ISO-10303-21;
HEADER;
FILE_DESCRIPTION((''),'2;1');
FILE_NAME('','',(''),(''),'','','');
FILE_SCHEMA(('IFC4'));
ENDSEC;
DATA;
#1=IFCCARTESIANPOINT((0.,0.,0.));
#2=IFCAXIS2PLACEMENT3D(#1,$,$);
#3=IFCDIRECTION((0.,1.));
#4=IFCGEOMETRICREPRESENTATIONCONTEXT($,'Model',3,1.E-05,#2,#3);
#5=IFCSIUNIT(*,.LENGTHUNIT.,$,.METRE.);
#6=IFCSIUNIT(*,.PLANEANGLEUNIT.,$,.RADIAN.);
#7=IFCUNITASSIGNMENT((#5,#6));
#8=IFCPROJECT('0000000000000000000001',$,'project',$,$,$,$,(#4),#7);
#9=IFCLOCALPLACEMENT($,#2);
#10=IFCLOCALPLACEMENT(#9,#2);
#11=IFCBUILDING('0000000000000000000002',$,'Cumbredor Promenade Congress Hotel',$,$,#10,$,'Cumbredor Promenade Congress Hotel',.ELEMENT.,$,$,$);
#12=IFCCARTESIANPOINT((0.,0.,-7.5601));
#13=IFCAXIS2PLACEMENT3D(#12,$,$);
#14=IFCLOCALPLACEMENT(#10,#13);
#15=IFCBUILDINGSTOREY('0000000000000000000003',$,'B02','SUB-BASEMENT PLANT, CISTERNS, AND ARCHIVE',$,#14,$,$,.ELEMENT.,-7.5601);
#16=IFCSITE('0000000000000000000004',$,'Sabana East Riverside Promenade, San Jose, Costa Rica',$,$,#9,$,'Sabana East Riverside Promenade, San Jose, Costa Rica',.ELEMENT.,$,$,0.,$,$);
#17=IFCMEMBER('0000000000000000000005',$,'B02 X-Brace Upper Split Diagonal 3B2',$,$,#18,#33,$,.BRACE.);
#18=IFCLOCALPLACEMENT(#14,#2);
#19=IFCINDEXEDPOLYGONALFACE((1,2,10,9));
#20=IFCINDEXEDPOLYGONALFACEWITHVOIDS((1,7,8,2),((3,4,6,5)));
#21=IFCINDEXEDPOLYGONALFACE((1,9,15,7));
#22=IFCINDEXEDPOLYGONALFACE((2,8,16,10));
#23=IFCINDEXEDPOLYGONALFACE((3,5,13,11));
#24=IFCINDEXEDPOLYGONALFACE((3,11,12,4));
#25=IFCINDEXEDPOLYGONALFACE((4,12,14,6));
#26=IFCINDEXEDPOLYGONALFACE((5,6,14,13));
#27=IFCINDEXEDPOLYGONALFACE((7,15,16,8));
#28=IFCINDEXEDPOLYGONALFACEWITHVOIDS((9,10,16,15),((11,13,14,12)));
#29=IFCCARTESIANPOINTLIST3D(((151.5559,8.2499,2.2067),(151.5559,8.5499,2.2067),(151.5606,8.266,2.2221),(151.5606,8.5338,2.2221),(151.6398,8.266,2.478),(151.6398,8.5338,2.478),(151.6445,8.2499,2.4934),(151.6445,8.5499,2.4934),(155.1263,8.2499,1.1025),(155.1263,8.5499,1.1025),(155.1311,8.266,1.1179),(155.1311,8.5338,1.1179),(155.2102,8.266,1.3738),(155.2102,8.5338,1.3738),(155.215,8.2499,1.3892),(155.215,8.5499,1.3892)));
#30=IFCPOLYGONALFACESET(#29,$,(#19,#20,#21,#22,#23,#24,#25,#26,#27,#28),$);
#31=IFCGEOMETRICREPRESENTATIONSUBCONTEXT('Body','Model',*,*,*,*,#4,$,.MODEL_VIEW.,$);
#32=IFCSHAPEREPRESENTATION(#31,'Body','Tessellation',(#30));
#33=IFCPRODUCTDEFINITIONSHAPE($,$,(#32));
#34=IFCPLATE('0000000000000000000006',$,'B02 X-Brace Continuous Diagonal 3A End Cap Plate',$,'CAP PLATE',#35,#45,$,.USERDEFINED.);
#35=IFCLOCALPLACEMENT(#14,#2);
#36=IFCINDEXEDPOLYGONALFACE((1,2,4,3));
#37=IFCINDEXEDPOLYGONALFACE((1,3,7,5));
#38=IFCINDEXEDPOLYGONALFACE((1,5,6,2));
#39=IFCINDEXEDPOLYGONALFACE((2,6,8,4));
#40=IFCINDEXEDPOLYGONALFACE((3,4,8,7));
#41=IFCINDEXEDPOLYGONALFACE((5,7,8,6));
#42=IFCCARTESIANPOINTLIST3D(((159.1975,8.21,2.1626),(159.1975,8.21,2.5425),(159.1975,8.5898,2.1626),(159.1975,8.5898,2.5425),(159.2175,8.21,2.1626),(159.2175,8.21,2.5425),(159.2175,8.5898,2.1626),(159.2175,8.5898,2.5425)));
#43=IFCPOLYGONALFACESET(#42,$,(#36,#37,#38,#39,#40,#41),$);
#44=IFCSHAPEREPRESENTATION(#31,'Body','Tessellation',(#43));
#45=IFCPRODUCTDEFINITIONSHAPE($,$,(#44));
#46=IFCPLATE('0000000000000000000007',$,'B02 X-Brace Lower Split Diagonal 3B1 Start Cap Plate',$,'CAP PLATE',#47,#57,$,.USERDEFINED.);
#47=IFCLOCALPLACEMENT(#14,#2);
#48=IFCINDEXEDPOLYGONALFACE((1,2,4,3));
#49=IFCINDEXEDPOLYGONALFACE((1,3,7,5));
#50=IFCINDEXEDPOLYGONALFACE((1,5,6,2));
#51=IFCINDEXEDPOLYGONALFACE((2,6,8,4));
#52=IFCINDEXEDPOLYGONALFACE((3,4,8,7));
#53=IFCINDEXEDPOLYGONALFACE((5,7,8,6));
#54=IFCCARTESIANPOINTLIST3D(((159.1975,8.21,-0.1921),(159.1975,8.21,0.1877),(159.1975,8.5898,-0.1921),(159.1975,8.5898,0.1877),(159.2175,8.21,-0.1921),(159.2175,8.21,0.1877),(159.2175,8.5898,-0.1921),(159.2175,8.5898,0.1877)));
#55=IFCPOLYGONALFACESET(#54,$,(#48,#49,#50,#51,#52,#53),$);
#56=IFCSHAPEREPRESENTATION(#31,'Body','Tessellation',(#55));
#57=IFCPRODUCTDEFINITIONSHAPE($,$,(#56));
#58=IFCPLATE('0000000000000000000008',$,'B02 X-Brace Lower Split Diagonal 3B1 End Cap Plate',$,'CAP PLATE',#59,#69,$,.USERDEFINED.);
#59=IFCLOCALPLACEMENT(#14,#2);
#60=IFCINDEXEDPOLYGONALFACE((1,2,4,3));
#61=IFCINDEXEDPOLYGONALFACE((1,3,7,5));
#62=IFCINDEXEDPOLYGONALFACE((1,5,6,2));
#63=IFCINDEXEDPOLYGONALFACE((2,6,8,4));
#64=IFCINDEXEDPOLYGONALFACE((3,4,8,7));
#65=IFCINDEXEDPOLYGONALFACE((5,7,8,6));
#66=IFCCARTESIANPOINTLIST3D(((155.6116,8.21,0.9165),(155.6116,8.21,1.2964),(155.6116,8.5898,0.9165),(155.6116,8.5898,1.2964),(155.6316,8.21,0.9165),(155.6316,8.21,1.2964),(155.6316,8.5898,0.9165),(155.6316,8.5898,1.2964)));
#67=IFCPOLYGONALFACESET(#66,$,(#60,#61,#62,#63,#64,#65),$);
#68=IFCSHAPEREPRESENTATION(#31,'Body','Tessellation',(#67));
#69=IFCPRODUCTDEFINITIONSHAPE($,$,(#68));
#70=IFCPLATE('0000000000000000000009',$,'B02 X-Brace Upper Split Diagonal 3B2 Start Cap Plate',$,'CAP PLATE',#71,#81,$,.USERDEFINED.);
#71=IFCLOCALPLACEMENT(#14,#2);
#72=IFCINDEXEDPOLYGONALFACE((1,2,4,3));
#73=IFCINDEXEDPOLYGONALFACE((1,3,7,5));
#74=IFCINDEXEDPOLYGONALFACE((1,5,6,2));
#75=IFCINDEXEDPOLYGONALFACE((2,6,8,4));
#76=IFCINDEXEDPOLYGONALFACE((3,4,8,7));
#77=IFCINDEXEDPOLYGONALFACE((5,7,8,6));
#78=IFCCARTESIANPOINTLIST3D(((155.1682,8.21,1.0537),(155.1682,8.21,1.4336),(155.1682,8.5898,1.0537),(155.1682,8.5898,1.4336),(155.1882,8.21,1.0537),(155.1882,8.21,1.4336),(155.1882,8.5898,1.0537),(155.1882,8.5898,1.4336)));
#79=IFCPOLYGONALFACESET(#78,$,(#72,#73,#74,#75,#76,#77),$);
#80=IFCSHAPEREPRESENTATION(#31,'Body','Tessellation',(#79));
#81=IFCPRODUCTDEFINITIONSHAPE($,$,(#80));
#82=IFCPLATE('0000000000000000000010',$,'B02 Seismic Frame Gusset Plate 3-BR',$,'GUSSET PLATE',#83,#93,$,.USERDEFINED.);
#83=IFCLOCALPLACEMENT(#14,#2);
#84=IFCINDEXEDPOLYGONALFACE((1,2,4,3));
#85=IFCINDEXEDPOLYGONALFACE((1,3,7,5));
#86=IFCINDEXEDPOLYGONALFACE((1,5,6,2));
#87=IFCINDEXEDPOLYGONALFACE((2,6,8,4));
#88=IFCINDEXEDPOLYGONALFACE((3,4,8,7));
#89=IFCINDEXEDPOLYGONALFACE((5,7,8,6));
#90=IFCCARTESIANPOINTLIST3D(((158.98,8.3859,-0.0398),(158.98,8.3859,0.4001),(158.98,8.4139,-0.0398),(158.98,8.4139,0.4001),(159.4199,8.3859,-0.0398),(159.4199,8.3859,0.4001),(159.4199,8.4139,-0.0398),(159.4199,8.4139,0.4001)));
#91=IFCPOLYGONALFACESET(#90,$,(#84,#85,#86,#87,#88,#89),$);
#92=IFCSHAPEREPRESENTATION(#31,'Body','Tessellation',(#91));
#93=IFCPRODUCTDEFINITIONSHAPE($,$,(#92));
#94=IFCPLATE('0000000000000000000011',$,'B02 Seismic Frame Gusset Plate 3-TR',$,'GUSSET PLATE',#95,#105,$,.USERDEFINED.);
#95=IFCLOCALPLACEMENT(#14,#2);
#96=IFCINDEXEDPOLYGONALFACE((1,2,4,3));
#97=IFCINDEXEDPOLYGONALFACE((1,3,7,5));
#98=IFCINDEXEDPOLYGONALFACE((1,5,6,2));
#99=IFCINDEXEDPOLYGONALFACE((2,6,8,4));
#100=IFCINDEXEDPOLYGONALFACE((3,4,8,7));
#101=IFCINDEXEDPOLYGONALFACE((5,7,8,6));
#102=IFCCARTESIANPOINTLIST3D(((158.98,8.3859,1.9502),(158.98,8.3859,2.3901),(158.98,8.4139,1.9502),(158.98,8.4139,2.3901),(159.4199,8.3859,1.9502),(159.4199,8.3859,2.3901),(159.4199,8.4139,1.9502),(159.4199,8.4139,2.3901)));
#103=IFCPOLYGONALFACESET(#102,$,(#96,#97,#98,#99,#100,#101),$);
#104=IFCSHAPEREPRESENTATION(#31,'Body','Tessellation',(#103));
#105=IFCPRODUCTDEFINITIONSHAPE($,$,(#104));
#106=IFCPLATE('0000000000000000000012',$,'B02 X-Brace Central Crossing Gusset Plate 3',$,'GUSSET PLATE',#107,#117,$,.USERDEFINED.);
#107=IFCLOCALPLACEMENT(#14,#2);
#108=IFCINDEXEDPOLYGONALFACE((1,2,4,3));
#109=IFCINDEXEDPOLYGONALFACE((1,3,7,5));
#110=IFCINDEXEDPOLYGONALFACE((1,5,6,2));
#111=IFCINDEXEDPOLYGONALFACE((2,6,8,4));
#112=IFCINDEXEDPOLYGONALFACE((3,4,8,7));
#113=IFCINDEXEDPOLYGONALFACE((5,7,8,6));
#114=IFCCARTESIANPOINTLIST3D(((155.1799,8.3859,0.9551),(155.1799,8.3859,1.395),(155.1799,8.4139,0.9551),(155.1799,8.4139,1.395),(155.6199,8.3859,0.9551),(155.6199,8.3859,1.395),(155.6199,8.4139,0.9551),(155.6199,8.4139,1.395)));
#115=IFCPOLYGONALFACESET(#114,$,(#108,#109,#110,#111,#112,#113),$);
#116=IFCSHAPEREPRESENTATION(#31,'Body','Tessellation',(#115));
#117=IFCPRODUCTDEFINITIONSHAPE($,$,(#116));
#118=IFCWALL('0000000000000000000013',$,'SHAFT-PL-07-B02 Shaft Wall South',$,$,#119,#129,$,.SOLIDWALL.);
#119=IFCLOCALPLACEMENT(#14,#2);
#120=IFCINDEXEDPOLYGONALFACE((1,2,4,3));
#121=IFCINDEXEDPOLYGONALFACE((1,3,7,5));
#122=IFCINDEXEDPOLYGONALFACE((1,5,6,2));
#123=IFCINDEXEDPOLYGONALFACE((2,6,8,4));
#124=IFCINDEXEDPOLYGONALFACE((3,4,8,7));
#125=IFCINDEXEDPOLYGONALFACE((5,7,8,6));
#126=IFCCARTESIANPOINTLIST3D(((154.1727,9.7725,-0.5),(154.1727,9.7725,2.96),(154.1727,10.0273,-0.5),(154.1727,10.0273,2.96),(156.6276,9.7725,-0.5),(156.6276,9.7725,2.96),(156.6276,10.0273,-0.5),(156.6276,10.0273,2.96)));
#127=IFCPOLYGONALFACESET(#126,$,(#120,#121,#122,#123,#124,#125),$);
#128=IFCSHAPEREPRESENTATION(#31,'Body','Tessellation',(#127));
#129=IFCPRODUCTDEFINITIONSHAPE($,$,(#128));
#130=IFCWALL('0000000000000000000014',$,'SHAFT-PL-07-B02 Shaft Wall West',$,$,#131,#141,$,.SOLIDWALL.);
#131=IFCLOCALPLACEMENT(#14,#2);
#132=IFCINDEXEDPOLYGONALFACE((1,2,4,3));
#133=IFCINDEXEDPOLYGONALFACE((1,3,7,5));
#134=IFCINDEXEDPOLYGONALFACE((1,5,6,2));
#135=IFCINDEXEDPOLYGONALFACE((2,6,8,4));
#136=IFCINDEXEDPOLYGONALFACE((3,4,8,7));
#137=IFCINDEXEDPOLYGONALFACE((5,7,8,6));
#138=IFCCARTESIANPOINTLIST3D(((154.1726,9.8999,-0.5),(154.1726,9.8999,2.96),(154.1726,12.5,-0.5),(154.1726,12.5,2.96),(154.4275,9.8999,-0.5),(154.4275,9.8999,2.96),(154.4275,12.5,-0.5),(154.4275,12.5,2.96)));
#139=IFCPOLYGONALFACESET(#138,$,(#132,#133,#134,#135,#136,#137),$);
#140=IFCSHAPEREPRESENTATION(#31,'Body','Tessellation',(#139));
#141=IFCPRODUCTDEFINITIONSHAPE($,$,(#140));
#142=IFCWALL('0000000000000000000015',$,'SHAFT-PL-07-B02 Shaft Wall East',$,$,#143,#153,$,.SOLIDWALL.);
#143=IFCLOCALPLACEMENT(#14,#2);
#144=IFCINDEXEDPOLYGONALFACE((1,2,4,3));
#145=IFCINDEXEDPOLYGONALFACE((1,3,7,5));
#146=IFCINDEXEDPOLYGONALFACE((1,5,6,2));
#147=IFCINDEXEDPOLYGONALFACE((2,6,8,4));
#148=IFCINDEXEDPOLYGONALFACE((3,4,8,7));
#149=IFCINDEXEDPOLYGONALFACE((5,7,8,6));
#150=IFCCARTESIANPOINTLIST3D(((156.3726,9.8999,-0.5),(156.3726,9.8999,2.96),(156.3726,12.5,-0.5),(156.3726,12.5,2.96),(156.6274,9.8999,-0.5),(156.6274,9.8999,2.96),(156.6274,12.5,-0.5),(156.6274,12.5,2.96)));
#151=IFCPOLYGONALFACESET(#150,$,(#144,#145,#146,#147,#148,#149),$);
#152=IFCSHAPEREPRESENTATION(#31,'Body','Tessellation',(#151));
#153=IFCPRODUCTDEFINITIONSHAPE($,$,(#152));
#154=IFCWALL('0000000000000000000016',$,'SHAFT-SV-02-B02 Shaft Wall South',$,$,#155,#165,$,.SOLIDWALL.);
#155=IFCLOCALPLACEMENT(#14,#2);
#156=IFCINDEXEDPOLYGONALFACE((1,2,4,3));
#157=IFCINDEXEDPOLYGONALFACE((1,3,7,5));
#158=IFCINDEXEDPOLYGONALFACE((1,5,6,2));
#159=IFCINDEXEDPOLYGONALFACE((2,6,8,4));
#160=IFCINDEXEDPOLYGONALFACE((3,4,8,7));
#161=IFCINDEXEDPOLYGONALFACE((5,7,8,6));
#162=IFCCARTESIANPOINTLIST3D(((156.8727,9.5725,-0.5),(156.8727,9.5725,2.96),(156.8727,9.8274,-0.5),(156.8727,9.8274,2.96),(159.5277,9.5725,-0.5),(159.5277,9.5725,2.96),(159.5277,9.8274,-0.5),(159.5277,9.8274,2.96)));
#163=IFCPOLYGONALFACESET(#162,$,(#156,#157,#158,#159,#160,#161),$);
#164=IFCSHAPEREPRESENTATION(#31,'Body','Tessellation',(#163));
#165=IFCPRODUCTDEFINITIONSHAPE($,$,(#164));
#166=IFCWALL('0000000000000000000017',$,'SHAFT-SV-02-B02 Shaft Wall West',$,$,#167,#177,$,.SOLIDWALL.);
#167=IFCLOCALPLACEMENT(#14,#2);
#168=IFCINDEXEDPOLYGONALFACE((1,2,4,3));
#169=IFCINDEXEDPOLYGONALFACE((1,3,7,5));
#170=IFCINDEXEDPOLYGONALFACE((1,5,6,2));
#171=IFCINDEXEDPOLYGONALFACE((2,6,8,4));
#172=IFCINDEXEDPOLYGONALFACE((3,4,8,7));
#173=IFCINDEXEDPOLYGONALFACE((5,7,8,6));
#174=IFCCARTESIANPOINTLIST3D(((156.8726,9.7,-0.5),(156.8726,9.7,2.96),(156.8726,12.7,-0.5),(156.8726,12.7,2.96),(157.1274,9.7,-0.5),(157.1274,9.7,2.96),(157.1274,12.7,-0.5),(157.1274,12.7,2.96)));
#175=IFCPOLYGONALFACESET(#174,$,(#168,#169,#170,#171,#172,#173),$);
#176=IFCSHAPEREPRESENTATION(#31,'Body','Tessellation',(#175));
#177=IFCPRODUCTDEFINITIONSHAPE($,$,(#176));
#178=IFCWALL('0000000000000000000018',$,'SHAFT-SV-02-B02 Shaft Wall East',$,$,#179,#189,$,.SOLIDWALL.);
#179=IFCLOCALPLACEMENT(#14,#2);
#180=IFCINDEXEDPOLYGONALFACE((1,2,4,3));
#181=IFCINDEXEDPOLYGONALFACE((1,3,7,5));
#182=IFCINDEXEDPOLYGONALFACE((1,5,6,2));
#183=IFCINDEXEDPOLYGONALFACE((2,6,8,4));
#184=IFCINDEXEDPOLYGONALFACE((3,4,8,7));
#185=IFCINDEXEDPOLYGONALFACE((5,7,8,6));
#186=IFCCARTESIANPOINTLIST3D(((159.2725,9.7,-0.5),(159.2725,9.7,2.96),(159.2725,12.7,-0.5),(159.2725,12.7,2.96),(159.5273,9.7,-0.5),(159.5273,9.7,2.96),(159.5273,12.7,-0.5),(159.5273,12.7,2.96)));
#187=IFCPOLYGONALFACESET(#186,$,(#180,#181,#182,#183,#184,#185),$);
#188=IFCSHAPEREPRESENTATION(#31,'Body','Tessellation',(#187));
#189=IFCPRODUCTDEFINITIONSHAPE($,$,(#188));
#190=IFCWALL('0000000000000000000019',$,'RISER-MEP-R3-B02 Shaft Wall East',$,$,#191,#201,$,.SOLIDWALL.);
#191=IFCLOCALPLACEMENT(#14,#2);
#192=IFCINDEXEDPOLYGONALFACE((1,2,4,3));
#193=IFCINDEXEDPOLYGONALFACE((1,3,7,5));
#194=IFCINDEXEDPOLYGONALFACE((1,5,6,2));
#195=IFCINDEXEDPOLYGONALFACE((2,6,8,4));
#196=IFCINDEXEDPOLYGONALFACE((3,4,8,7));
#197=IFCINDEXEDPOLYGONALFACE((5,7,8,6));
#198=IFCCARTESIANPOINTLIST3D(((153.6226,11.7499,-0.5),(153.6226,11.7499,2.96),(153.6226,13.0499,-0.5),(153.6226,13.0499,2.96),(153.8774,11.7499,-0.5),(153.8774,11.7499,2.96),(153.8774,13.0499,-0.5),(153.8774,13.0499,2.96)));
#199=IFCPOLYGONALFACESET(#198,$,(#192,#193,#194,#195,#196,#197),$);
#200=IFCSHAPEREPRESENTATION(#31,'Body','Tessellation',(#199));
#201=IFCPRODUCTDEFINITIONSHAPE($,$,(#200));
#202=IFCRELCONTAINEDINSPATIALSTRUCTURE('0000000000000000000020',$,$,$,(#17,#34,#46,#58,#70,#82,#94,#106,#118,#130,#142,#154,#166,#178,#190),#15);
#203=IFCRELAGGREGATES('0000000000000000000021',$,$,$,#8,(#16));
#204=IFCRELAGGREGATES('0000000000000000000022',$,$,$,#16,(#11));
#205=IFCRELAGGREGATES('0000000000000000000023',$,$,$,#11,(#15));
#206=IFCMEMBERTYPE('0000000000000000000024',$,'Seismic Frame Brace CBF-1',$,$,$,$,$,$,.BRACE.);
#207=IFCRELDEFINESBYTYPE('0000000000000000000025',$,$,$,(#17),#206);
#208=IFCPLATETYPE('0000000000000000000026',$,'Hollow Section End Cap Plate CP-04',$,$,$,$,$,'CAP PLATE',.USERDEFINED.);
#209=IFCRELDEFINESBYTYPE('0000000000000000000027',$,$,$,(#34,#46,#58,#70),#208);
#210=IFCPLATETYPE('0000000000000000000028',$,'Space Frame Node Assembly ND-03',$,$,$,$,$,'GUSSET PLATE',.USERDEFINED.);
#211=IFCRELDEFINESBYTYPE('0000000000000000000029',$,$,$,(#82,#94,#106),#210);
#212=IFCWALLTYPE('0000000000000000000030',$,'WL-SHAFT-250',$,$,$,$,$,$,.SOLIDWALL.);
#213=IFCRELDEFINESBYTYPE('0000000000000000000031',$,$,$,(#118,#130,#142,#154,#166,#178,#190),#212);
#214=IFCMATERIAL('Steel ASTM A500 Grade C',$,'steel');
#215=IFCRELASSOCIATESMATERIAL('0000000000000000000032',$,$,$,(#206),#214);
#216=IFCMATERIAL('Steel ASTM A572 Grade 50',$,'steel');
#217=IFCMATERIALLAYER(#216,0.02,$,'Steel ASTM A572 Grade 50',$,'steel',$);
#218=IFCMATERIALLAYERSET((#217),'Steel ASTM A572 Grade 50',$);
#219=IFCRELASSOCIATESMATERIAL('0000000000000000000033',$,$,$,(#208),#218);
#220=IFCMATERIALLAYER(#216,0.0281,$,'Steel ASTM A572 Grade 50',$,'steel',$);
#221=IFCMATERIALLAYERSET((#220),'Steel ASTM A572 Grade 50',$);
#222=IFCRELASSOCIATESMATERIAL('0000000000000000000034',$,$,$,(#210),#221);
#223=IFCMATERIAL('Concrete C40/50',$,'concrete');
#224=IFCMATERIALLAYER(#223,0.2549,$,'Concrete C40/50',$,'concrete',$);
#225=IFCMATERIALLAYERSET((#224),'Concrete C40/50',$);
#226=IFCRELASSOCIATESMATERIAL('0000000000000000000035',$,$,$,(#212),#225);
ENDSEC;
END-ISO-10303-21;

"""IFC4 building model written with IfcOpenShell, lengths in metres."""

from ifc_helpers import new_model, si_unit, direction, frame, frame_2d, origin, origin_2d, place, context, subcontext, project, spatial, rectangle, hollow_rectangle, extrude, material, layer, layer_set, material_profile, profile_set, type_object, element, save


model = new_model("IFC4")

# Units and contexts
model_context = context("Model", 3, precision=1e-05, world=origin(), true_north=direction((0.0, 1.0)))
body_context = subcontext(model_context, "Body", "Model", "MODEL_VIEW")
ifc_project = project(units=[si_unit("LENGTHUNIT", "METRE"), si_unit("PLANEANGLEUNIT", "RADIAN")], contexts=[model_context])

# Site, building, storey
site_placement = place(None, origin())
site = spatial("IfcSite", under=ifc_project, at=site_placement, Name="Sabana East Riverside Promenade, San Jose, Costa Rica", LongName="Sabana East Riverside Promenade, San Jose, Costa Rica", CompositionType="ELEMENT", RefElevation=0.0)
building_placement = place(site_placement, origin())
building = spatial("IfcBuilding", under=site, at=building_placement, Name="Cumbredor Promenade Congress Hotel", LongName="Cumbredor Promenade Congress Hotel", CompositionType="ELEMENT")
storey_placement = place(building_placement, frame((0.0, 0.0, -7.5601)))
storey = spatial("IfcBuildingStorey", under=building, at=storey_placement, Name="B02", Description="SUB-BASEMENT PLANT, CISTERNS, AND ARCHIVE", CompositionType="ELEMENT", Elevation=-7.5601)

# Shared definitions
ifc_material_1 = material(Name="Concrete C40/50", Category="concrete")

# Member
ifc_material_2 = material(Name="Steel ASTM A500 Grade C", Category="steel")
ifc_material_profile_1 = material_profile(ifc_material_2, hollow_rectangle(XDim=0.3, YDim=0.3, WallThickness=0.0161, at=origin_2d()), Name="HSS 300x300x16")
ifc_profile_set_1 = profile_set([ifc_material_profile_1], Name="Steel ASTM A500 Grade C")
member_type = type_object("IfcMemberType", Name="Seismic Frame Brace CBF-1", PredefinedType="BRACE", material=ifc_profile_set_1)
for number, where, z_axis, x_axis, name in (
    (1, (155.1707, 8.3999, 1.2458), (-0.955356, 0.0, 0.295458), (0.0, -1.0, 0.0), "B02 X-Brace Upper Split Diagonal 3B2"),
):
    element("IfcMember", number, at=place(storey_placement, frame(where, z_axis=z_axis, x_axis=x_axis)), inside=storey, type_object=member_type, Name=name, PredefinedType="BRACE", context=body_context, shape_type="SweptSolid", body=[
        extrude(hollow_rectangle(XDim=0.3, YDim=0.3, WallThickness=0.0161, at=origin_2d()), origin(), (0.0, 0.0, 1.0), 3.7373),
    ])

# Plates
ifc_material_3 = material(Name="Steel ASTM A572 Grade 50", Category="steel")
ifc_layer_1 = layer(ifc_material_3, 0.02, Name="Steel ASTM A572 Grade 50", Category="steel")
ifc_layer_set_1 = layer_set([ifc_layer_1], Name="Steel ASTM A572 Grade 50")
plate_type_1 = type_object("IfcPlateType", Name="Hollow Section End Cap Plate CP-04", ElementType="CAP PLATE", PredefinedType="USERDEFINED", material=ifc_layer_set_1)
for number, where, z_axis, x_axis, name in (
    (2, (159.2075, 8.3999, 2.1626), (0.0, 0.0, 1.0), (1.0, 0.0, 0.0), "B02 X-Brace Continuous Diagonal 3A End Cap Plate"),
    (3, (159.2075, 8.3999, -0.1921), (0.0, 0.0, 1.0), (-1.0, 0.0, 0.0), "B02 X-Brace Lower Split Diagonal 3B1 Start Cap Plate"),
    (4, (155.6216, 8.3999, 0.9165), (0.0, 0.0, 1.0), (-1.0, 0.0, 0.0), "B02 X-Brace Lower Split Diagonal 3B1 End Cap Plate"),
    (5, (155.1782, 8.3999, 1.0537), (0.0, 0.0, 1.0), (-1.0, 0.0, 0.0), "B02 X-Brace Upper Split Diagonal 3B2 Start Cap Plate"),
):
    element("IfcPlate", number, at=place(storey_placement, frame(where, z_axis=z_axis, x_axis=x_axis)), inside=storey, type_object=plate_type_1, Name=name, ObjectType="CAP PLATE", PredefinedType="USERDEFINED", context=body_context, shape_type="SweptSolid", body=[
        extrude(rectangle(XDim=0.02, YDim=0.3799, at=origin_2d()), origin(), (0.0, 0.0, 1.0), 0.3799),
    ])
ifc_layer_2 = layer(ifc_material_3, 0.0281, Name="Steel ASTM A572 Grade 50", Category="steel")
ifc_layer_set_2 = layer_set([ifc_layer_2], Name="Steel ASTM A572 Grade 50")
plate_type_2 = type_object("IfcPlateType", Name="Space Frame Node Assembly ND-03", ElementType="GUSSET PLATE", PredefinedType="USERDEFINED", material=ifc_layer_set_2)
for number, where, z_axis, x_axis, name in (
    (6, (159.2, 8.3999, -0.0398), (0.0, 0.0, 1.0), (1.0, 0.0, 0.0), "B02 Seismic Frame Gusset Plate 3-BR"),
    (7, (159.2, 8.3999, 1.9502), (0.0, 0.0, 1.0), (1.0, 0.0, 0.0), "B02 Seismic Frame Gusset Plate 3-TR"),
    (8, (155.3999, 8.3999, 0.9551), (0.0, 0.0, 1.0), (1.0, 0.0, 0.0), "B02 X-Brace Central Crossing Gusset Plate 3"),
):
    element("IfcPlate", number, at=place(storey_placement, frame(where, z_axis=z_axis, x_axis=x_axis)), inside=storey, type_object=plate_type_2, Name=name, ObjectType="GUSSET PLATE", PredefinedType="USERDEFINED", context=body_context, shape_type="SweptSolid", body=[
        extrude(rectangle(XDim=0.4399, YDim=0.0281, at=origin_2d()), origin(), (0.0, 0.0, 1.0), 0.4399),
    ])

# Walls
ifc_layer_3 = layer(ifc_material_1, 0.2549, Name="Concrete C40/50", Category="concrete")
ifc_layer_set_3 = layer_set([ifc_layer_3], Name="Concrete C40/50")
wall_type = type_object("IfcWallType", Name="WL-SHAFT-250", PredefinedType="SOLIDWALL", material=ifc_layer_set_3)
wall_1_placement = place(storey_placement, frame((154.1726, 9.8999, -0.5), z_axis=(0.0, 0.0, 1.0), x_axis=(1.0, 0.0, 0.0)))
element("IfcWall", 9, at=wall_1_placement, inside=storey, type_object=wall_type, Name="SHAFT-PL-07-B02 Shaft Wall South", PredefinedType="SOLIDWALL", context=body_context, shape_type="SweptSolid", body=[
    extrude(rectangle(XDim=2.4548, YDim=0.2549, at=frame_2d((1.2275, 0.0))), origin(), (0.0, 0.0, 1.0), 3.46),
])
for number, where, z_axis, x_axis, name in (
    (10, (154.3, 9.8999, -0.5), (0.0, 0.0, 1.0), (0.0, 1.0, 0.0), "SHAFT-PL-07-B02 Shaft Wall West"),
    (11, (156.5, 9.8999, -0.5), (0.0, 0.0, 1.0), (0.0, 1.0, 0.0), "SHAFT-PL-07-B02 Shaft Wall East"),
):
    element("IfcWall", number, at=place(storey_placement, frame(where, z_axis=z_axis, x_axis=x_axis)), inside=storey, type_object=wall_type, Name=name, PredefinedType="SOLIDWALL", context=body_context, shape_type="SweptSolid", body=[
        extrude(rectangle(XDim=2.6001, YDim=0.2549, at=frame_2d((1.3, 0.0))), origin(), (0.0, 0.0, 1.0), 3.46),
    ])
wall_2_placement = place(storey_placement, frame((156.8726, 9.7, -0.5), z_axis=(0.0, 0.0, 1.0), x_axis=(1.0, 0.0, 0.0)))
element("IfcWall", 12, at=wall_2_placement, inside=storey, type_object=wall_type, Name="SHAFT-SV-02-B02 Shaft Wall South", PredefinedType="SOLIDWALL", context=body_context, shape_type="SweptSolid", body=[
    extrude(rectangle(XDim=2.655, YDim=0.2549, at=frame_2d((1.3276, 0.0))), origin(), (0.0, 0.0, 1.0), 3.46),
])
for number, where, z_axis, x_axis, name in (
    (13, (157.0, 9.7, -0.5), (0.0, 0.0, 1.0), (0.0, 1.0, 0.0), "SHAFT-SV-02-B02 Shaft Wall West"),
    (14, (159.3999, 9.7, -0.5), (0.0, 0.0, 1.0), (0.0, 1.0, 0.0), "SHAFT-SV-02-B02 Shaft Wall East"),
):
    element("IfcWall", number, at=place(storey_placement, frame(where, z_axis=z_axis, x_axis=x_axis)), inside=storey, type_object=wall_type, Name=name, PredefinedType="SOLIDWALL", context=body_context, shape_type="SweptSolid", body=[
        extrude(rectangle(XDim=3.0, YDim=0.2549, at=frame_2d((1.5, 0.0))), origin(), (0.0, 0.0, 1.0), 3.46),
    ])
wall_3_placement = place(storey_placement, frame((153.75, 11.75, -0.5), z_axis=(0.0, 0.0, 1.0), x_axis=(0.0, 1.0, 0.0)))
element("IfcWall", 15, at=wall_3_placement, inside=storey, type_object=wall_type, Name="RISER-MEP-R3-B02 Shaft Wall East", PredefinedType="SOLIDWALL", context=body_context, shape_type="SweptSolid", body=[
    extrude(rectangle(XDim=1.3, YDim=0.2549, at=frame_2d((0.6499, 0.0))), origin(), (0.0, 0.0, 1.0), 3.46),
])

save(model, "model.ifc")
